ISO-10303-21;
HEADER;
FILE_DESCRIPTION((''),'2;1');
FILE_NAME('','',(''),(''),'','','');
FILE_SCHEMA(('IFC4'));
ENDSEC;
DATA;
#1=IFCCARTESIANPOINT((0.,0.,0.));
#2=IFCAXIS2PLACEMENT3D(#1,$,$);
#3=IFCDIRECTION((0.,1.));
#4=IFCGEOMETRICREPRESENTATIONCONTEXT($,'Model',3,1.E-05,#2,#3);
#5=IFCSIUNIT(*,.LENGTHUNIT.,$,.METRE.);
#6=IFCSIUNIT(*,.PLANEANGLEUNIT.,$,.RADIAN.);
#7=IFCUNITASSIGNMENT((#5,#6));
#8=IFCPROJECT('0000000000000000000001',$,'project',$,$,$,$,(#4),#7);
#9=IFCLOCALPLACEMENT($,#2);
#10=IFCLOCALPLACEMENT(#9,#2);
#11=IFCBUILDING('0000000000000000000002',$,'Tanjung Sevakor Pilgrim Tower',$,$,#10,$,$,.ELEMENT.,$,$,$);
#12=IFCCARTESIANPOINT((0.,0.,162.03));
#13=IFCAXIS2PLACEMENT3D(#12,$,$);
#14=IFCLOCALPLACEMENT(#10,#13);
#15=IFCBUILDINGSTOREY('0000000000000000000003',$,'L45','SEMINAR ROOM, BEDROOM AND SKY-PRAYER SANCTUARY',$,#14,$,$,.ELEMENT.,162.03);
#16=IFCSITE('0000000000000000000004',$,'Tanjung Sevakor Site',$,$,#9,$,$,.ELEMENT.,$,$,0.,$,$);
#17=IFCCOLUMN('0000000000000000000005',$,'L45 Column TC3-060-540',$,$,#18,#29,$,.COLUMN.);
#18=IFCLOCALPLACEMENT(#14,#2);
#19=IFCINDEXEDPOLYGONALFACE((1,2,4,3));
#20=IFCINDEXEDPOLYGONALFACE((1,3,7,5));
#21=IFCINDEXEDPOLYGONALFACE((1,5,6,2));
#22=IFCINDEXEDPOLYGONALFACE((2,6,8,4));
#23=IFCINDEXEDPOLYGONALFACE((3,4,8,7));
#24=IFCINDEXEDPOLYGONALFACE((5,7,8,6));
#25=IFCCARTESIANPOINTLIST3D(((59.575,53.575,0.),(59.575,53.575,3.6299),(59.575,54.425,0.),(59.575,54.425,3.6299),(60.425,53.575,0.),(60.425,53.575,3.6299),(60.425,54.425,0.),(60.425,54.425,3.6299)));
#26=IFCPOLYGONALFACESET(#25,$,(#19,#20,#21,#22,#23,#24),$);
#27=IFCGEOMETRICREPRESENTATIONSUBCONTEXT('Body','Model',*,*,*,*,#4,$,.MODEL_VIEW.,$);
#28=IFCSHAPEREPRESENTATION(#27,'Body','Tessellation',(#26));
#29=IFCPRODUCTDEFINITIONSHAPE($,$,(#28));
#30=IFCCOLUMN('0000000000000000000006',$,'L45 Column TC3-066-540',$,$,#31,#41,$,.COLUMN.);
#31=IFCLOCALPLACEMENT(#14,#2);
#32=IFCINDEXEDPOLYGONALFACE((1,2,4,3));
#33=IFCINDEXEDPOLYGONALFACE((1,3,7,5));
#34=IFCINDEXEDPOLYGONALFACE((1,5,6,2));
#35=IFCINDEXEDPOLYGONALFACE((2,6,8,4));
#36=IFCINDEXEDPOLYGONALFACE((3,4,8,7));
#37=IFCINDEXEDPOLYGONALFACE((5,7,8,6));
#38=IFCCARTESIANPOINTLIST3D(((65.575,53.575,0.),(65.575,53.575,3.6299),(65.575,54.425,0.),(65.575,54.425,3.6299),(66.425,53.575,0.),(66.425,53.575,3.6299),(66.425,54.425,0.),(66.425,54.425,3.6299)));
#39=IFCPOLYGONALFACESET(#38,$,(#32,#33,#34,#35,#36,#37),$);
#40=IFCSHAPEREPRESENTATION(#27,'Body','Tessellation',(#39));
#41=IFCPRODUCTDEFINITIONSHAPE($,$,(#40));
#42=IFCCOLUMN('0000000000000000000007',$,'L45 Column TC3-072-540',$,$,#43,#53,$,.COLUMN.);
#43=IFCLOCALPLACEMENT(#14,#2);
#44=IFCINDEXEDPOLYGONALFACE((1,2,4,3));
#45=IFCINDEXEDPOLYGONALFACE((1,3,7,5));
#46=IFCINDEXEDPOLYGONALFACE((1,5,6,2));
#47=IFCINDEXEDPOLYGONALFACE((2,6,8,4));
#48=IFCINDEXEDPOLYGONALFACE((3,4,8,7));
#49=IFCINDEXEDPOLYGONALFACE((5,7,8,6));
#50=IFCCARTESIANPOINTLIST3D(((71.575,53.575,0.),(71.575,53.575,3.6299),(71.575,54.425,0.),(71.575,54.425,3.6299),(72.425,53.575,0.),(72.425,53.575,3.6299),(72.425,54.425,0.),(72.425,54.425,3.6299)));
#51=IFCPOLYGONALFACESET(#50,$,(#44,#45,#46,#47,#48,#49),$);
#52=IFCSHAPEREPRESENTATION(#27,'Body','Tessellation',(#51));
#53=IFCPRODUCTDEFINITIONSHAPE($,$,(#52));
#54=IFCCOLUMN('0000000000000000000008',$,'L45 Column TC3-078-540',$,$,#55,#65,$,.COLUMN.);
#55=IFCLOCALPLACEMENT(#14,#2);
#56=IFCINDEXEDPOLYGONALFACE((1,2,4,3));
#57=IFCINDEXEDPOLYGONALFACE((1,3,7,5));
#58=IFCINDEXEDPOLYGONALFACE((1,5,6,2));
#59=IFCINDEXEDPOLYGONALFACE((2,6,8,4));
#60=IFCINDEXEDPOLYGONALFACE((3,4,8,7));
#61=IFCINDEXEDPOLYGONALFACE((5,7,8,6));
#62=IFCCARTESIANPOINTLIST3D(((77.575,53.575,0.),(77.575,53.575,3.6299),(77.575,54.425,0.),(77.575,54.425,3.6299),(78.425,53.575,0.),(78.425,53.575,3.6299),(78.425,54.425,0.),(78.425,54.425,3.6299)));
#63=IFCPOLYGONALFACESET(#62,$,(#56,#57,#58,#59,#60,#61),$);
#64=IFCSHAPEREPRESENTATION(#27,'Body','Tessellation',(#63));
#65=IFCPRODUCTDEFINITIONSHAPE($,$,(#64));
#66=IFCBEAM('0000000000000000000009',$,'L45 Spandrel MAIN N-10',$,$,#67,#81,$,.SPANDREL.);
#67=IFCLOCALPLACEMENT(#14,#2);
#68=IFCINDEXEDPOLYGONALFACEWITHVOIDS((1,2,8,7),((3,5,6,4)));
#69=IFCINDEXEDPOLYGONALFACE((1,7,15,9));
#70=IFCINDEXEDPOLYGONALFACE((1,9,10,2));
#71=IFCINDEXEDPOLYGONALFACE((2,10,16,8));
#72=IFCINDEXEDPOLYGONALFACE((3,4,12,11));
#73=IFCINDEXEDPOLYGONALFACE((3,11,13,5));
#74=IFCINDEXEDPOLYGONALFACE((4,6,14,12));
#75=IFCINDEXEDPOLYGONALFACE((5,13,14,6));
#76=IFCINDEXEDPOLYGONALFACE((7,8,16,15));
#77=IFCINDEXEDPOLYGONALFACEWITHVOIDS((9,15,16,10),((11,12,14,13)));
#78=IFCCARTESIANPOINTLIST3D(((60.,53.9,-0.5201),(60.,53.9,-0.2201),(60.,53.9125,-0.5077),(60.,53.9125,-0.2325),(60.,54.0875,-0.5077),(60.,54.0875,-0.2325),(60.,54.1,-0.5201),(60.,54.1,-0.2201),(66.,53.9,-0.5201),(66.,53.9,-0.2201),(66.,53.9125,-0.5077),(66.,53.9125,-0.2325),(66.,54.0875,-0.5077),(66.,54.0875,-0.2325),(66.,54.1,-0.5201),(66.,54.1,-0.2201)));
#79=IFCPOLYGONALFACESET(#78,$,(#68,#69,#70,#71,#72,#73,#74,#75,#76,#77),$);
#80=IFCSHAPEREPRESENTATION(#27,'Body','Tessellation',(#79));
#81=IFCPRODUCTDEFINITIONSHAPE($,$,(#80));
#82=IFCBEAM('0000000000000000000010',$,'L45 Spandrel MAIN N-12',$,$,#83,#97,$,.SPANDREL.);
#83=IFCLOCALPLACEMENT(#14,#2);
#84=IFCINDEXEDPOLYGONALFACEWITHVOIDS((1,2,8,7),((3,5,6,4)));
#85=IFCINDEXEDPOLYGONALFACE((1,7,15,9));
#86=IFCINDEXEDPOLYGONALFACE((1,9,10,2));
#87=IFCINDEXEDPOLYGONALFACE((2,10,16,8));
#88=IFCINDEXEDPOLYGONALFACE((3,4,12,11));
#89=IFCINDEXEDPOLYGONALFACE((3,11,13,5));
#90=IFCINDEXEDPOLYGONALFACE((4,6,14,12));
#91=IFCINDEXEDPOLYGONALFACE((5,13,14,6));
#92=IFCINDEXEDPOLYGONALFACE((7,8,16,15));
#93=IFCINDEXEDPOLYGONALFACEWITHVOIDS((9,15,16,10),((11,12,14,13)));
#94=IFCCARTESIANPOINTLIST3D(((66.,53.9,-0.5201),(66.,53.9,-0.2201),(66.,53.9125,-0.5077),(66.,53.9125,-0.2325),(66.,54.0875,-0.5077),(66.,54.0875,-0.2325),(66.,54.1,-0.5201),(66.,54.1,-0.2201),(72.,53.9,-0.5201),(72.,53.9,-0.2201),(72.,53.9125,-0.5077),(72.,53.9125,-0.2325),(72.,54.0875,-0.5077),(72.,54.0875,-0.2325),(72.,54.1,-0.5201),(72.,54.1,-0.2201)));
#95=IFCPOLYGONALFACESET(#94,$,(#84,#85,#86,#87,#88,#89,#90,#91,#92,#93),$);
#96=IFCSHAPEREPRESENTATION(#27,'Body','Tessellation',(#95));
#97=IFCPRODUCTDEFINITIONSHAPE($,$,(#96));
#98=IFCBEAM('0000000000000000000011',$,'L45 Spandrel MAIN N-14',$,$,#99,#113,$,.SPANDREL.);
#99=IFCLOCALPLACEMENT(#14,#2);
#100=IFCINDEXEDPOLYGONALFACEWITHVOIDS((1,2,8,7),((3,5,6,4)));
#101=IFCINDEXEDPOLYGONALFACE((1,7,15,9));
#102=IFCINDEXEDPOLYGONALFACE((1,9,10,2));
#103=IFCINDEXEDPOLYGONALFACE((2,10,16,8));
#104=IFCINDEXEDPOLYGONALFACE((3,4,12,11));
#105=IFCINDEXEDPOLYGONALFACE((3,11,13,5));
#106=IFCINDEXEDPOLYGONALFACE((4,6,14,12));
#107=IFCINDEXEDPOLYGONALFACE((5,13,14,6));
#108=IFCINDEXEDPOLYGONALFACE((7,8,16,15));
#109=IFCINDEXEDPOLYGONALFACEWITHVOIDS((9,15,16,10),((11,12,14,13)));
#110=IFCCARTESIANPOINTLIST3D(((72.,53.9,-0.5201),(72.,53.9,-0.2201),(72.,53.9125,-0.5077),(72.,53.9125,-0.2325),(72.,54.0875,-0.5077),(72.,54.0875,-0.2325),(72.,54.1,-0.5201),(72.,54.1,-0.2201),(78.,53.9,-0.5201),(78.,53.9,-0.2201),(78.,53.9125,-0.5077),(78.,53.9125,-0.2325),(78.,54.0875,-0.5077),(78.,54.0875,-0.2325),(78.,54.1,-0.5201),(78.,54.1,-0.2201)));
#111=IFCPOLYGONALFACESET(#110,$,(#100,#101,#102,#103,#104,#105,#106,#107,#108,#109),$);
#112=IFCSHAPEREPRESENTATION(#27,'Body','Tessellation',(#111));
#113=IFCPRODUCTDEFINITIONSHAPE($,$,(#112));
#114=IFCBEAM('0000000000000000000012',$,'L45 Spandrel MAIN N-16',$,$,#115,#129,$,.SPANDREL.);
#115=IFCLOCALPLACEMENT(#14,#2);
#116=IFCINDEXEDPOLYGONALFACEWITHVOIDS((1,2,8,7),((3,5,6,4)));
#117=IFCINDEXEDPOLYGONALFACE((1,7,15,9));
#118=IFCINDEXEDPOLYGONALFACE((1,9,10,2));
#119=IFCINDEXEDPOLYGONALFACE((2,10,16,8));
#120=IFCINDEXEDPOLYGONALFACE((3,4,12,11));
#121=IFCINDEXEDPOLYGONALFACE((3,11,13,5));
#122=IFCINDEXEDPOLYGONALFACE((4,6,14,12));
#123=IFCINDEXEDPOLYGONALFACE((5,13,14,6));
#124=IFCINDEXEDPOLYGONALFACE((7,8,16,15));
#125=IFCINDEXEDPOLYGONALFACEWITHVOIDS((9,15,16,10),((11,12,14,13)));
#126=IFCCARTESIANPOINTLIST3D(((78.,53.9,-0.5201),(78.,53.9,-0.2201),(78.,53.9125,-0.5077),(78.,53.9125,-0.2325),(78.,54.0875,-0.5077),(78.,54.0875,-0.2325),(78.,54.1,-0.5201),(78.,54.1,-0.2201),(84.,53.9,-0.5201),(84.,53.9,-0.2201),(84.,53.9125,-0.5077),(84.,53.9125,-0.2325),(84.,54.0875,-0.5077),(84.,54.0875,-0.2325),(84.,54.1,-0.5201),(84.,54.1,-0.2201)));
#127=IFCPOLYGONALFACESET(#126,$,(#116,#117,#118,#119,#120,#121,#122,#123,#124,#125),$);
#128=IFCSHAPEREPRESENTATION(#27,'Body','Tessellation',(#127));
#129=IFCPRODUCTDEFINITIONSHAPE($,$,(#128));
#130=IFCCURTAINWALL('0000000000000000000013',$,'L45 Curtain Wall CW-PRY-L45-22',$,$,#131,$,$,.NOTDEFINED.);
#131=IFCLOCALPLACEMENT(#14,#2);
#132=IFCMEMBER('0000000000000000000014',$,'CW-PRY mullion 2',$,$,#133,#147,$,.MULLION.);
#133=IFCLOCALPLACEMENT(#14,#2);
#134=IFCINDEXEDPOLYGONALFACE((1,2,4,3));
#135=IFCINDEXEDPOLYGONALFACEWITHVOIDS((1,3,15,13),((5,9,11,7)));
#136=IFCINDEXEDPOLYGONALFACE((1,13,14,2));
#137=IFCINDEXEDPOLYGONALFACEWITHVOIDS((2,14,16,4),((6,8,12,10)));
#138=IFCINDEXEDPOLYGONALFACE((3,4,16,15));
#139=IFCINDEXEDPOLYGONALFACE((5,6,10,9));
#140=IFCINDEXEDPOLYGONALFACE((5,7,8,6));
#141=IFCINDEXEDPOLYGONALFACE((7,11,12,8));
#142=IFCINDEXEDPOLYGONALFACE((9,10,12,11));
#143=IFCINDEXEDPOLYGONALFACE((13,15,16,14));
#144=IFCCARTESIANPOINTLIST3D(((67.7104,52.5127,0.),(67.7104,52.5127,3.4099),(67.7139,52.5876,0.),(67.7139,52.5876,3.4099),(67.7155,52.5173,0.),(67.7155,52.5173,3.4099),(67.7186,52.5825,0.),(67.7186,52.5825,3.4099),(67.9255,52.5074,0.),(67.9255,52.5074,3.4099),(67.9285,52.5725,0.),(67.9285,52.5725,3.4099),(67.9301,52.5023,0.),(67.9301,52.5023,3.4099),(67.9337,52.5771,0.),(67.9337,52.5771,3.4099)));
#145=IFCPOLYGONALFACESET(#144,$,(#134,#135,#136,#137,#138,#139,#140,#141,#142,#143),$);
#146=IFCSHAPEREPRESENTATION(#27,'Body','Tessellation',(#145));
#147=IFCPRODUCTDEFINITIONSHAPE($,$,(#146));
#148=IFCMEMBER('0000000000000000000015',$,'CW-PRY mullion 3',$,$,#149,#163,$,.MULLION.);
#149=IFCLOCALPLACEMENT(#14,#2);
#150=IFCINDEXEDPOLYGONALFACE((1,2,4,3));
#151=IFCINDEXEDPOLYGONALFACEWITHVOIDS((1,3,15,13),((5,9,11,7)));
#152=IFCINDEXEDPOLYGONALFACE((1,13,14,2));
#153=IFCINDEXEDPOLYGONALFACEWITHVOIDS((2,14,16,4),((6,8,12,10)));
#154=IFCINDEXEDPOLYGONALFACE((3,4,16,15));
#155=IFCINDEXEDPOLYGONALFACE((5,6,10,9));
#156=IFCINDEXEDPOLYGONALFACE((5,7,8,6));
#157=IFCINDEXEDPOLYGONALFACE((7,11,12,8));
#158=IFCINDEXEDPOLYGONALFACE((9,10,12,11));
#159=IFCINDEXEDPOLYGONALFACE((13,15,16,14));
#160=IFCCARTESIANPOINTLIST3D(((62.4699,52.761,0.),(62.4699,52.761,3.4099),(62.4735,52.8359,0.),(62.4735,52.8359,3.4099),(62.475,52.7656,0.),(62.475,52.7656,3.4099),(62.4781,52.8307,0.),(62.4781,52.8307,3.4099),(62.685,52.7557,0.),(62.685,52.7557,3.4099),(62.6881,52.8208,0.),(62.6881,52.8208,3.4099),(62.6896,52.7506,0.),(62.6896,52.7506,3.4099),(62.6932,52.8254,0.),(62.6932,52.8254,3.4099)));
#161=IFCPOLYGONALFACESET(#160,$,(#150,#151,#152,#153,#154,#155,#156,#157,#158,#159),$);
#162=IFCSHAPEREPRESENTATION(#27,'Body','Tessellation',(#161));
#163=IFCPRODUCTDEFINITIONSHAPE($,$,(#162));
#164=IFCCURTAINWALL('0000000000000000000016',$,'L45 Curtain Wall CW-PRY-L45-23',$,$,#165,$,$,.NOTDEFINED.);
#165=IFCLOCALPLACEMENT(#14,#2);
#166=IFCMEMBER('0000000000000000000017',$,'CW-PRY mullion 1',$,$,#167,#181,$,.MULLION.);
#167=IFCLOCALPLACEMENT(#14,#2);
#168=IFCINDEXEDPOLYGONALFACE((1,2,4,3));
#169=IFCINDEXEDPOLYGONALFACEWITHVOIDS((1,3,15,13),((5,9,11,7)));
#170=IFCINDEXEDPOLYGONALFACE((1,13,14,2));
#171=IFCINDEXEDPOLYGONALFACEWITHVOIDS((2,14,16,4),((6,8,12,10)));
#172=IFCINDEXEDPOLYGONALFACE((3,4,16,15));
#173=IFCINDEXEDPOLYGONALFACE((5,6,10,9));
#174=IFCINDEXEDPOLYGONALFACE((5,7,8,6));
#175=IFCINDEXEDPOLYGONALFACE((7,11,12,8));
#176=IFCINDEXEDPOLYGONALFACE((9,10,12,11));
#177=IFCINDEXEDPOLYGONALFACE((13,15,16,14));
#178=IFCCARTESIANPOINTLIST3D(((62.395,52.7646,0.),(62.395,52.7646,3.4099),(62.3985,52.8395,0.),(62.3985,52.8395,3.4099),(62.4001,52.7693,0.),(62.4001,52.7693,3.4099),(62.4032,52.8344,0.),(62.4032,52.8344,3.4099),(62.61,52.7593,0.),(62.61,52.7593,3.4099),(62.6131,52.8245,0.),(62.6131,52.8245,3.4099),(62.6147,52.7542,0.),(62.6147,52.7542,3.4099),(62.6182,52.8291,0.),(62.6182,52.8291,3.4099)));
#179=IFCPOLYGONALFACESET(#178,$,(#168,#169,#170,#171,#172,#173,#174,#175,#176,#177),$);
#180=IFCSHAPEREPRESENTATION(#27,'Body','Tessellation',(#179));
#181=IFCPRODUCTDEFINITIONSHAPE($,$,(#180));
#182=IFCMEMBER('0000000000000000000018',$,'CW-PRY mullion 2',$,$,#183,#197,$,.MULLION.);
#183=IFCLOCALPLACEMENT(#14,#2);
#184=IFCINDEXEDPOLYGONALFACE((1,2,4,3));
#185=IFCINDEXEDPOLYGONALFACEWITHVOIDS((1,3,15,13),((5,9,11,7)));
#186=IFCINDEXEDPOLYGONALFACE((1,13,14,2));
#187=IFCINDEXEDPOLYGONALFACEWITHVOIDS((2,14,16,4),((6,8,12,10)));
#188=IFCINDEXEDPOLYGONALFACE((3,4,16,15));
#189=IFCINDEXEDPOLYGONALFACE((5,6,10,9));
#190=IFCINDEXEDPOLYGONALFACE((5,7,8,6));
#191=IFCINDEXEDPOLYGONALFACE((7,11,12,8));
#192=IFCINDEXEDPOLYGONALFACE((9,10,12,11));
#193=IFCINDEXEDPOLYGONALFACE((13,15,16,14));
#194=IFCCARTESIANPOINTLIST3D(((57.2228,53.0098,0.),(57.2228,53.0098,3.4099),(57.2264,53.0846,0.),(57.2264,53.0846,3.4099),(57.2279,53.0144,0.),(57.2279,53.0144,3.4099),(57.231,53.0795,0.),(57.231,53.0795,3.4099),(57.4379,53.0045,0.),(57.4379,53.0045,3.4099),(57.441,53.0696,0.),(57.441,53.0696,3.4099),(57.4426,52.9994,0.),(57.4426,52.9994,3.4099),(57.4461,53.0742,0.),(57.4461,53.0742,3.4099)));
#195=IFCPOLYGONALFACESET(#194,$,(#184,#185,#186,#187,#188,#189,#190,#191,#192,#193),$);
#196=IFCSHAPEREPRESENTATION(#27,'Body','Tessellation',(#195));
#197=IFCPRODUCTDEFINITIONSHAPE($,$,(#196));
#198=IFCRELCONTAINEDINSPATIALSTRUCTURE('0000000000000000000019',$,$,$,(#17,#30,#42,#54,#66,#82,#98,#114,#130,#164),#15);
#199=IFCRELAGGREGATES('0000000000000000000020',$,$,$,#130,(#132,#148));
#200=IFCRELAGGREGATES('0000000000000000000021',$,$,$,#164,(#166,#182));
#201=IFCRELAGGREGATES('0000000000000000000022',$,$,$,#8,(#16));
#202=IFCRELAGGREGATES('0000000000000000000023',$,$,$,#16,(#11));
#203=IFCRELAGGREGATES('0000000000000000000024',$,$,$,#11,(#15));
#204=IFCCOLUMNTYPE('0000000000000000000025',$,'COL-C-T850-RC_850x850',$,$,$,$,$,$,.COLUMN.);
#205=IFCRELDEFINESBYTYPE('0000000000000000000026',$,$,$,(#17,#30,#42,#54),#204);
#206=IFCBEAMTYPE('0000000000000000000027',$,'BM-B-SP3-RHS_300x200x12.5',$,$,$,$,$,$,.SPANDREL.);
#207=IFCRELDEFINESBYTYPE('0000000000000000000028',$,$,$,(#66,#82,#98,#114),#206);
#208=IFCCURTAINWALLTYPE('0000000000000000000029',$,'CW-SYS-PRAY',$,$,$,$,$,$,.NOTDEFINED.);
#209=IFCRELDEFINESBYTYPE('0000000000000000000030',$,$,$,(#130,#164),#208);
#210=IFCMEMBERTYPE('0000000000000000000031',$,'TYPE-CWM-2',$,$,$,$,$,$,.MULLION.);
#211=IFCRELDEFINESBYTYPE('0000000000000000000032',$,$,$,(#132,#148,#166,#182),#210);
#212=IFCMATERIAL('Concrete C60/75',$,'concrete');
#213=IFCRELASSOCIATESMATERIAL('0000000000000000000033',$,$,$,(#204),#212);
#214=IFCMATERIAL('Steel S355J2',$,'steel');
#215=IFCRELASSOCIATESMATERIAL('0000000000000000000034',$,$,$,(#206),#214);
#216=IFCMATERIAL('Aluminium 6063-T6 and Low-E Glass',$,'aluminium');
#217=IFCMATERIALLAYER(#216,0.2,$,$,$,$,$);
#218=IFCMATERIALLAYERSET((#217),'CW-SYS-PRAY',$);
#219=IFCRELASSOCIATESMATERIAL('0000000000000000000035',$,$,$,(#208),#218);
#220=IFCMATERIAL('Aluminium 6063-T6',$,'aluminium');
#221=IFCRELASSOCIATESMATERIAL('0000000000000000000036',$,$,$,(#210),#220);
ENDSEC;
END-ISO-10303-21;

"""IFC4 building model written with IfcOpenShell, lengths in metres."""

from ifc_helpers import new_model, si_unit, direction, frame, origin, origin_2d, place, context, subcontext, project, spatial, rectangle, hollow_rectangle, extrude, material, layer, layer_set, material_profile, profile_set, type_object, element, aggregate, save


model = new_model("IFC4")

# Units and contexts
model_context = context("Model", 3, precision=1e-05, world=origin(), true_north=direction((0.0, 1.0)))
body_context = subcontext(model_context, "Body", "Model", "MODEL_VIEW")
ifc_project = project(units=[si_unit("LENGTHUNIT", "METRE"), si_unit("PLANEANGLEUNIT", "RADIAN")], contexts=[model_context])

# Site, building, storey
site_placement = place(None, origin())
site = spatial("IfcSite", under=ifc_project, at=site_placement, Name="Tanjung Sevakor Site", CompositionType="ELEMENT", RefElevation=0.0)
building_placement = place(site_placement, origin())
building = spatial("IfcBuilding", under=site, at=building_placement, Name="Tanjung Sevakor Pilgrim Tower", CompositionType="ELEMENT")
storey_placement = place(building_placement, frame((0.0, 0.0, 162.03)))
storey = spatial("IfcBuildingStorey", under=building, at=storey_placement, Name="L45", Description="SEMINAR ROOM, BEDROOM AND SKY-PRAYER SANCTUARY", CompositionType="ELEMENT", Elevation=162.03)

# Columns
ifc_material_1 = material(Name="Concrete C60/75", Category="concrete")
ifc_material_profile_1 = material_profile(ifc_material_1, rectangle(XDim=0.8501, YDim=0.8501, at=origin_2d()))
ifc_profile_set_1 = profile_set([ifc_material_profile_1], Name="Concrete C60/75")
column_type = type_object("IfcColumnType", Name="COL-C-T850-RC_850x850", PredefinedType="COLUMN", material=ifc_profile_set_1)
for number, where, z_axis, x_axis, name in (
    (1, (60.0, 54.0, 0.0), (0.0, 0.0, 1.0), (1.0, 0.0, 0.0), "L45 Column TC3-060-540"),
    (2, (66.0, 54.0, 0.0), (0.0, 0.0, 1.0), (1.0, 0.0, 0.0), "L45 Column TC3-066-540"),
    (3, (72.0, 54.0, 0.0), (0.0, 0.0, 1.0), (1.0, 0.0, 0.0), "L45 Column TC3-072-540"),
    (4, (78.0, 54.0, 0.0), (0.0, 0.0, 1.0), (1.0, 0.0, 0.0), "L45 Column TC3-078-540"),
):
    element("IfcColumn", number, at=place(storey_placement, frame(where, z_axis=z_axis, x_axis=x_axis)), inside=storey, type_object=column_type, Name=name, PredefinedType="COLUMN", context=body_context, shape_type="SweptSolid", body=[
        extrude(rectangle(XDim=0.8501, YDim=0.8501, at=origin_2d()), origin(), (0.0, 0.0, 1.0), 3.6299),
    ])

# Beams
ifc_material_2 = material(Name="Steel S355J2", Category="steel")
ifc_material_profile_2 = material_profile(ifc_material_2, hollow_rectangle(XDim=0.2, YDim=0.3, WallThickness=0.0125, at=origin_2d()))
ifc_profile_set_2 = profile_set([ifc_material_profile_2], Name="Steel S355J2")
beam_type = type_object("IfcBeamType", Name="BM-B-SP3-RHS_300x200x12.5", PredefinedType="SPANDREL", material=ifc_profile_set_2)
for number, where, z_axis, x_axis, name in (
    (5, (60.0, 54.0, -0.3701), (1.0, 0.0, 0.0), (0.0, 1.0, 0.0), "L45 Spandrel MAIN N-10"),
    (6, (66.0, 54.0, -0.3701), (1.0, 0.0, 0.0), (0.0, 1.0, 0.0), "L45 Spandrel MAIN N-12"),
    (7, (72.0, 54.0, -0.3701), (1.0, 0.0, 0.0), (0.0, 1.0, 0.0), "L45 Spandrel MAIN N-14"),
    (8, (78.0, 54.0, -0.3701), (1.0, 0.0, 0.0), (0.0, 1.0, 0.0), "L45 Spandrel MAIN N-16"),
):
    element("IfcBeam", number, at=place(storey_placement, frame(where, z_axis=z_axis, x_axis=x_axis)), inside=storey, type_object=beam_type, Name=name, PredefinedType="SPANDREL", context=body_context, shape_type="SweptSolid", body=[
        extrude(hollow_rectangle(XDim=0.2, YDim=0.3, WallThickness=0.0125, at=origin_2d()), origin(), (0.0, 0.0, 1.0), 6.0),
    ])

# Curtain walls, members
ifc_material_3 = material(Name="Aluminium 6063-T6 and Low-E Glass", Category="aluminium")
ifc_layer_1 = layer(ifc_material_3, 0.2)
ifc_layer_set_1 = layer_set([ifc_layer_1], Name="CW-SYS-PRAY")
curtain_wall_type = type_object("IfcCurtainWallType", Name="CW-SYS-PRAY", PredefinedType="NOTDEFINED", material=ifc_layer_set_1)
curtain_wall_1_placement = place(storey_placement, origin())
curtain_wall_1 = element("IfcCurtainWall", 9, at=curtain_wall_1_placement, inside=storey, type_object=curtain_wall_type, Name="L45 Curtain Wall CW-PRY-L45-22", PredefinedType="NOTDEFINED")
ifc_material_4 = material(Name="Aluminium 6063-T6", Category="aluminium")
ifc_material_profile_3 = material_profile(ifc_material_4, hollow_rectangle(XDim=0.075, YDim=0.22, WallThickness=0.0049, at=origin_2d()))
ifc_profile_set_3 = profile_set([ifc_material_profile_3], Name="Aluminium 6063-T6")
member_type_1 = type_object("IfcMemberType", Name="TYPE-CWM-2", PredefinedType="MULLION", material=ifc_profile_set_3)
member_1_placement = place(storey_placement, frame((67.822, 52.5449, 0.0), z_axis=(0.0, 0.0, 1.0), x_axis=(-0.047333, -0.998879, 0.0)))
member_1 = element("IfcMember", 10, at=member_1_placement, type_object=member_type_1, Name="CW-PRY mullion 2", PredefinedType="MULLION", context=body_context, shape_type="SweptSolid", body=[
    extrude(hollow_rectangle(XDim=0.075, YDim=0.22, WallThickness=0.0049, at=origin_2d()), origin(), (0.0, 0.0, 1.0), 3.4099),
])
member_2_placement = place(storey_placement, frame((62.5815, 52.7932, 0.0), z_axis=(0.0, 0.0, 1.0), x_axis=(-0.047333, -0.998879, 0.0)))
member_2 = element("IfcMember", 11, at=member_2_placement, type_object=member_type_1, Name="CW-PRY mullion 3", PredefinedType="MULLION", context=body_context, shape_type="SweptSolid", body=[
    extrude(hollow_rectangle(XDim=0.075, YDim=0.22, WallThickness=0.0049, at=origin_2d()), origin(), (0.0, 0.0, 1.0), 3.4099),
])
curtain_wall_2_placement = place(storey_placement, origin())
curtain_wall_2 = element("IfcCurtainWall", 12, at=curtain_wall_2_placement, inside=storey, type_object=curtain_wall_type, Name="L45 Curtain Wall CW-PRY-L45-23", PredefinedType="NOTDEFINED")
member_3_placement = place(storey_placement, frame((62.5066, 52.7969, 0.0), z_axis=(0.0, 0.0, 1.0), x_axis=(-0.047341, -0.998879, 0.0)))
member_3 = element("IfcMember", 13, at=member_3_placement, type_object=member_type_1, Name="CW-PRY mullion 1", PredefinedType="MULLION", context=body_context, shape_type="SweptSolid", body=[
    extrude(hollow_rectangle(XDim=0.075, YDim=0.22, WallThickness=0.0049, at=origin_2d()), origin(), (0.0, 0.0, 1.0), 3.4099),
])
member_4_placement = place(storey_placement, frame((57.3345, 53.042, 0.0), z_axis=(0.0, 0.0, 1.0), x_axis=(-0.047341, -0.998879, 0.0)))
member_4 = element("IfcMember", 14, at=member_4_placement, type_object=member_type_1, Name="CW-PRY mullion 2", PredefinedType="MULLION", context=body_context, shape_type="SweptSolid", body=[
    extrude(hollow_rectangle(XDim=0.075, YDim=0.22, WallThickness=0.0049, at=origin_2d()), origin(), (0.0, 0.0, 1.0), 3.4099),
])

aggregate(curtain_wall_1, [member_1, member_2])
aggregate(curtain_wall_2, [member_3, member_4])

save(model, "model.ifc")
